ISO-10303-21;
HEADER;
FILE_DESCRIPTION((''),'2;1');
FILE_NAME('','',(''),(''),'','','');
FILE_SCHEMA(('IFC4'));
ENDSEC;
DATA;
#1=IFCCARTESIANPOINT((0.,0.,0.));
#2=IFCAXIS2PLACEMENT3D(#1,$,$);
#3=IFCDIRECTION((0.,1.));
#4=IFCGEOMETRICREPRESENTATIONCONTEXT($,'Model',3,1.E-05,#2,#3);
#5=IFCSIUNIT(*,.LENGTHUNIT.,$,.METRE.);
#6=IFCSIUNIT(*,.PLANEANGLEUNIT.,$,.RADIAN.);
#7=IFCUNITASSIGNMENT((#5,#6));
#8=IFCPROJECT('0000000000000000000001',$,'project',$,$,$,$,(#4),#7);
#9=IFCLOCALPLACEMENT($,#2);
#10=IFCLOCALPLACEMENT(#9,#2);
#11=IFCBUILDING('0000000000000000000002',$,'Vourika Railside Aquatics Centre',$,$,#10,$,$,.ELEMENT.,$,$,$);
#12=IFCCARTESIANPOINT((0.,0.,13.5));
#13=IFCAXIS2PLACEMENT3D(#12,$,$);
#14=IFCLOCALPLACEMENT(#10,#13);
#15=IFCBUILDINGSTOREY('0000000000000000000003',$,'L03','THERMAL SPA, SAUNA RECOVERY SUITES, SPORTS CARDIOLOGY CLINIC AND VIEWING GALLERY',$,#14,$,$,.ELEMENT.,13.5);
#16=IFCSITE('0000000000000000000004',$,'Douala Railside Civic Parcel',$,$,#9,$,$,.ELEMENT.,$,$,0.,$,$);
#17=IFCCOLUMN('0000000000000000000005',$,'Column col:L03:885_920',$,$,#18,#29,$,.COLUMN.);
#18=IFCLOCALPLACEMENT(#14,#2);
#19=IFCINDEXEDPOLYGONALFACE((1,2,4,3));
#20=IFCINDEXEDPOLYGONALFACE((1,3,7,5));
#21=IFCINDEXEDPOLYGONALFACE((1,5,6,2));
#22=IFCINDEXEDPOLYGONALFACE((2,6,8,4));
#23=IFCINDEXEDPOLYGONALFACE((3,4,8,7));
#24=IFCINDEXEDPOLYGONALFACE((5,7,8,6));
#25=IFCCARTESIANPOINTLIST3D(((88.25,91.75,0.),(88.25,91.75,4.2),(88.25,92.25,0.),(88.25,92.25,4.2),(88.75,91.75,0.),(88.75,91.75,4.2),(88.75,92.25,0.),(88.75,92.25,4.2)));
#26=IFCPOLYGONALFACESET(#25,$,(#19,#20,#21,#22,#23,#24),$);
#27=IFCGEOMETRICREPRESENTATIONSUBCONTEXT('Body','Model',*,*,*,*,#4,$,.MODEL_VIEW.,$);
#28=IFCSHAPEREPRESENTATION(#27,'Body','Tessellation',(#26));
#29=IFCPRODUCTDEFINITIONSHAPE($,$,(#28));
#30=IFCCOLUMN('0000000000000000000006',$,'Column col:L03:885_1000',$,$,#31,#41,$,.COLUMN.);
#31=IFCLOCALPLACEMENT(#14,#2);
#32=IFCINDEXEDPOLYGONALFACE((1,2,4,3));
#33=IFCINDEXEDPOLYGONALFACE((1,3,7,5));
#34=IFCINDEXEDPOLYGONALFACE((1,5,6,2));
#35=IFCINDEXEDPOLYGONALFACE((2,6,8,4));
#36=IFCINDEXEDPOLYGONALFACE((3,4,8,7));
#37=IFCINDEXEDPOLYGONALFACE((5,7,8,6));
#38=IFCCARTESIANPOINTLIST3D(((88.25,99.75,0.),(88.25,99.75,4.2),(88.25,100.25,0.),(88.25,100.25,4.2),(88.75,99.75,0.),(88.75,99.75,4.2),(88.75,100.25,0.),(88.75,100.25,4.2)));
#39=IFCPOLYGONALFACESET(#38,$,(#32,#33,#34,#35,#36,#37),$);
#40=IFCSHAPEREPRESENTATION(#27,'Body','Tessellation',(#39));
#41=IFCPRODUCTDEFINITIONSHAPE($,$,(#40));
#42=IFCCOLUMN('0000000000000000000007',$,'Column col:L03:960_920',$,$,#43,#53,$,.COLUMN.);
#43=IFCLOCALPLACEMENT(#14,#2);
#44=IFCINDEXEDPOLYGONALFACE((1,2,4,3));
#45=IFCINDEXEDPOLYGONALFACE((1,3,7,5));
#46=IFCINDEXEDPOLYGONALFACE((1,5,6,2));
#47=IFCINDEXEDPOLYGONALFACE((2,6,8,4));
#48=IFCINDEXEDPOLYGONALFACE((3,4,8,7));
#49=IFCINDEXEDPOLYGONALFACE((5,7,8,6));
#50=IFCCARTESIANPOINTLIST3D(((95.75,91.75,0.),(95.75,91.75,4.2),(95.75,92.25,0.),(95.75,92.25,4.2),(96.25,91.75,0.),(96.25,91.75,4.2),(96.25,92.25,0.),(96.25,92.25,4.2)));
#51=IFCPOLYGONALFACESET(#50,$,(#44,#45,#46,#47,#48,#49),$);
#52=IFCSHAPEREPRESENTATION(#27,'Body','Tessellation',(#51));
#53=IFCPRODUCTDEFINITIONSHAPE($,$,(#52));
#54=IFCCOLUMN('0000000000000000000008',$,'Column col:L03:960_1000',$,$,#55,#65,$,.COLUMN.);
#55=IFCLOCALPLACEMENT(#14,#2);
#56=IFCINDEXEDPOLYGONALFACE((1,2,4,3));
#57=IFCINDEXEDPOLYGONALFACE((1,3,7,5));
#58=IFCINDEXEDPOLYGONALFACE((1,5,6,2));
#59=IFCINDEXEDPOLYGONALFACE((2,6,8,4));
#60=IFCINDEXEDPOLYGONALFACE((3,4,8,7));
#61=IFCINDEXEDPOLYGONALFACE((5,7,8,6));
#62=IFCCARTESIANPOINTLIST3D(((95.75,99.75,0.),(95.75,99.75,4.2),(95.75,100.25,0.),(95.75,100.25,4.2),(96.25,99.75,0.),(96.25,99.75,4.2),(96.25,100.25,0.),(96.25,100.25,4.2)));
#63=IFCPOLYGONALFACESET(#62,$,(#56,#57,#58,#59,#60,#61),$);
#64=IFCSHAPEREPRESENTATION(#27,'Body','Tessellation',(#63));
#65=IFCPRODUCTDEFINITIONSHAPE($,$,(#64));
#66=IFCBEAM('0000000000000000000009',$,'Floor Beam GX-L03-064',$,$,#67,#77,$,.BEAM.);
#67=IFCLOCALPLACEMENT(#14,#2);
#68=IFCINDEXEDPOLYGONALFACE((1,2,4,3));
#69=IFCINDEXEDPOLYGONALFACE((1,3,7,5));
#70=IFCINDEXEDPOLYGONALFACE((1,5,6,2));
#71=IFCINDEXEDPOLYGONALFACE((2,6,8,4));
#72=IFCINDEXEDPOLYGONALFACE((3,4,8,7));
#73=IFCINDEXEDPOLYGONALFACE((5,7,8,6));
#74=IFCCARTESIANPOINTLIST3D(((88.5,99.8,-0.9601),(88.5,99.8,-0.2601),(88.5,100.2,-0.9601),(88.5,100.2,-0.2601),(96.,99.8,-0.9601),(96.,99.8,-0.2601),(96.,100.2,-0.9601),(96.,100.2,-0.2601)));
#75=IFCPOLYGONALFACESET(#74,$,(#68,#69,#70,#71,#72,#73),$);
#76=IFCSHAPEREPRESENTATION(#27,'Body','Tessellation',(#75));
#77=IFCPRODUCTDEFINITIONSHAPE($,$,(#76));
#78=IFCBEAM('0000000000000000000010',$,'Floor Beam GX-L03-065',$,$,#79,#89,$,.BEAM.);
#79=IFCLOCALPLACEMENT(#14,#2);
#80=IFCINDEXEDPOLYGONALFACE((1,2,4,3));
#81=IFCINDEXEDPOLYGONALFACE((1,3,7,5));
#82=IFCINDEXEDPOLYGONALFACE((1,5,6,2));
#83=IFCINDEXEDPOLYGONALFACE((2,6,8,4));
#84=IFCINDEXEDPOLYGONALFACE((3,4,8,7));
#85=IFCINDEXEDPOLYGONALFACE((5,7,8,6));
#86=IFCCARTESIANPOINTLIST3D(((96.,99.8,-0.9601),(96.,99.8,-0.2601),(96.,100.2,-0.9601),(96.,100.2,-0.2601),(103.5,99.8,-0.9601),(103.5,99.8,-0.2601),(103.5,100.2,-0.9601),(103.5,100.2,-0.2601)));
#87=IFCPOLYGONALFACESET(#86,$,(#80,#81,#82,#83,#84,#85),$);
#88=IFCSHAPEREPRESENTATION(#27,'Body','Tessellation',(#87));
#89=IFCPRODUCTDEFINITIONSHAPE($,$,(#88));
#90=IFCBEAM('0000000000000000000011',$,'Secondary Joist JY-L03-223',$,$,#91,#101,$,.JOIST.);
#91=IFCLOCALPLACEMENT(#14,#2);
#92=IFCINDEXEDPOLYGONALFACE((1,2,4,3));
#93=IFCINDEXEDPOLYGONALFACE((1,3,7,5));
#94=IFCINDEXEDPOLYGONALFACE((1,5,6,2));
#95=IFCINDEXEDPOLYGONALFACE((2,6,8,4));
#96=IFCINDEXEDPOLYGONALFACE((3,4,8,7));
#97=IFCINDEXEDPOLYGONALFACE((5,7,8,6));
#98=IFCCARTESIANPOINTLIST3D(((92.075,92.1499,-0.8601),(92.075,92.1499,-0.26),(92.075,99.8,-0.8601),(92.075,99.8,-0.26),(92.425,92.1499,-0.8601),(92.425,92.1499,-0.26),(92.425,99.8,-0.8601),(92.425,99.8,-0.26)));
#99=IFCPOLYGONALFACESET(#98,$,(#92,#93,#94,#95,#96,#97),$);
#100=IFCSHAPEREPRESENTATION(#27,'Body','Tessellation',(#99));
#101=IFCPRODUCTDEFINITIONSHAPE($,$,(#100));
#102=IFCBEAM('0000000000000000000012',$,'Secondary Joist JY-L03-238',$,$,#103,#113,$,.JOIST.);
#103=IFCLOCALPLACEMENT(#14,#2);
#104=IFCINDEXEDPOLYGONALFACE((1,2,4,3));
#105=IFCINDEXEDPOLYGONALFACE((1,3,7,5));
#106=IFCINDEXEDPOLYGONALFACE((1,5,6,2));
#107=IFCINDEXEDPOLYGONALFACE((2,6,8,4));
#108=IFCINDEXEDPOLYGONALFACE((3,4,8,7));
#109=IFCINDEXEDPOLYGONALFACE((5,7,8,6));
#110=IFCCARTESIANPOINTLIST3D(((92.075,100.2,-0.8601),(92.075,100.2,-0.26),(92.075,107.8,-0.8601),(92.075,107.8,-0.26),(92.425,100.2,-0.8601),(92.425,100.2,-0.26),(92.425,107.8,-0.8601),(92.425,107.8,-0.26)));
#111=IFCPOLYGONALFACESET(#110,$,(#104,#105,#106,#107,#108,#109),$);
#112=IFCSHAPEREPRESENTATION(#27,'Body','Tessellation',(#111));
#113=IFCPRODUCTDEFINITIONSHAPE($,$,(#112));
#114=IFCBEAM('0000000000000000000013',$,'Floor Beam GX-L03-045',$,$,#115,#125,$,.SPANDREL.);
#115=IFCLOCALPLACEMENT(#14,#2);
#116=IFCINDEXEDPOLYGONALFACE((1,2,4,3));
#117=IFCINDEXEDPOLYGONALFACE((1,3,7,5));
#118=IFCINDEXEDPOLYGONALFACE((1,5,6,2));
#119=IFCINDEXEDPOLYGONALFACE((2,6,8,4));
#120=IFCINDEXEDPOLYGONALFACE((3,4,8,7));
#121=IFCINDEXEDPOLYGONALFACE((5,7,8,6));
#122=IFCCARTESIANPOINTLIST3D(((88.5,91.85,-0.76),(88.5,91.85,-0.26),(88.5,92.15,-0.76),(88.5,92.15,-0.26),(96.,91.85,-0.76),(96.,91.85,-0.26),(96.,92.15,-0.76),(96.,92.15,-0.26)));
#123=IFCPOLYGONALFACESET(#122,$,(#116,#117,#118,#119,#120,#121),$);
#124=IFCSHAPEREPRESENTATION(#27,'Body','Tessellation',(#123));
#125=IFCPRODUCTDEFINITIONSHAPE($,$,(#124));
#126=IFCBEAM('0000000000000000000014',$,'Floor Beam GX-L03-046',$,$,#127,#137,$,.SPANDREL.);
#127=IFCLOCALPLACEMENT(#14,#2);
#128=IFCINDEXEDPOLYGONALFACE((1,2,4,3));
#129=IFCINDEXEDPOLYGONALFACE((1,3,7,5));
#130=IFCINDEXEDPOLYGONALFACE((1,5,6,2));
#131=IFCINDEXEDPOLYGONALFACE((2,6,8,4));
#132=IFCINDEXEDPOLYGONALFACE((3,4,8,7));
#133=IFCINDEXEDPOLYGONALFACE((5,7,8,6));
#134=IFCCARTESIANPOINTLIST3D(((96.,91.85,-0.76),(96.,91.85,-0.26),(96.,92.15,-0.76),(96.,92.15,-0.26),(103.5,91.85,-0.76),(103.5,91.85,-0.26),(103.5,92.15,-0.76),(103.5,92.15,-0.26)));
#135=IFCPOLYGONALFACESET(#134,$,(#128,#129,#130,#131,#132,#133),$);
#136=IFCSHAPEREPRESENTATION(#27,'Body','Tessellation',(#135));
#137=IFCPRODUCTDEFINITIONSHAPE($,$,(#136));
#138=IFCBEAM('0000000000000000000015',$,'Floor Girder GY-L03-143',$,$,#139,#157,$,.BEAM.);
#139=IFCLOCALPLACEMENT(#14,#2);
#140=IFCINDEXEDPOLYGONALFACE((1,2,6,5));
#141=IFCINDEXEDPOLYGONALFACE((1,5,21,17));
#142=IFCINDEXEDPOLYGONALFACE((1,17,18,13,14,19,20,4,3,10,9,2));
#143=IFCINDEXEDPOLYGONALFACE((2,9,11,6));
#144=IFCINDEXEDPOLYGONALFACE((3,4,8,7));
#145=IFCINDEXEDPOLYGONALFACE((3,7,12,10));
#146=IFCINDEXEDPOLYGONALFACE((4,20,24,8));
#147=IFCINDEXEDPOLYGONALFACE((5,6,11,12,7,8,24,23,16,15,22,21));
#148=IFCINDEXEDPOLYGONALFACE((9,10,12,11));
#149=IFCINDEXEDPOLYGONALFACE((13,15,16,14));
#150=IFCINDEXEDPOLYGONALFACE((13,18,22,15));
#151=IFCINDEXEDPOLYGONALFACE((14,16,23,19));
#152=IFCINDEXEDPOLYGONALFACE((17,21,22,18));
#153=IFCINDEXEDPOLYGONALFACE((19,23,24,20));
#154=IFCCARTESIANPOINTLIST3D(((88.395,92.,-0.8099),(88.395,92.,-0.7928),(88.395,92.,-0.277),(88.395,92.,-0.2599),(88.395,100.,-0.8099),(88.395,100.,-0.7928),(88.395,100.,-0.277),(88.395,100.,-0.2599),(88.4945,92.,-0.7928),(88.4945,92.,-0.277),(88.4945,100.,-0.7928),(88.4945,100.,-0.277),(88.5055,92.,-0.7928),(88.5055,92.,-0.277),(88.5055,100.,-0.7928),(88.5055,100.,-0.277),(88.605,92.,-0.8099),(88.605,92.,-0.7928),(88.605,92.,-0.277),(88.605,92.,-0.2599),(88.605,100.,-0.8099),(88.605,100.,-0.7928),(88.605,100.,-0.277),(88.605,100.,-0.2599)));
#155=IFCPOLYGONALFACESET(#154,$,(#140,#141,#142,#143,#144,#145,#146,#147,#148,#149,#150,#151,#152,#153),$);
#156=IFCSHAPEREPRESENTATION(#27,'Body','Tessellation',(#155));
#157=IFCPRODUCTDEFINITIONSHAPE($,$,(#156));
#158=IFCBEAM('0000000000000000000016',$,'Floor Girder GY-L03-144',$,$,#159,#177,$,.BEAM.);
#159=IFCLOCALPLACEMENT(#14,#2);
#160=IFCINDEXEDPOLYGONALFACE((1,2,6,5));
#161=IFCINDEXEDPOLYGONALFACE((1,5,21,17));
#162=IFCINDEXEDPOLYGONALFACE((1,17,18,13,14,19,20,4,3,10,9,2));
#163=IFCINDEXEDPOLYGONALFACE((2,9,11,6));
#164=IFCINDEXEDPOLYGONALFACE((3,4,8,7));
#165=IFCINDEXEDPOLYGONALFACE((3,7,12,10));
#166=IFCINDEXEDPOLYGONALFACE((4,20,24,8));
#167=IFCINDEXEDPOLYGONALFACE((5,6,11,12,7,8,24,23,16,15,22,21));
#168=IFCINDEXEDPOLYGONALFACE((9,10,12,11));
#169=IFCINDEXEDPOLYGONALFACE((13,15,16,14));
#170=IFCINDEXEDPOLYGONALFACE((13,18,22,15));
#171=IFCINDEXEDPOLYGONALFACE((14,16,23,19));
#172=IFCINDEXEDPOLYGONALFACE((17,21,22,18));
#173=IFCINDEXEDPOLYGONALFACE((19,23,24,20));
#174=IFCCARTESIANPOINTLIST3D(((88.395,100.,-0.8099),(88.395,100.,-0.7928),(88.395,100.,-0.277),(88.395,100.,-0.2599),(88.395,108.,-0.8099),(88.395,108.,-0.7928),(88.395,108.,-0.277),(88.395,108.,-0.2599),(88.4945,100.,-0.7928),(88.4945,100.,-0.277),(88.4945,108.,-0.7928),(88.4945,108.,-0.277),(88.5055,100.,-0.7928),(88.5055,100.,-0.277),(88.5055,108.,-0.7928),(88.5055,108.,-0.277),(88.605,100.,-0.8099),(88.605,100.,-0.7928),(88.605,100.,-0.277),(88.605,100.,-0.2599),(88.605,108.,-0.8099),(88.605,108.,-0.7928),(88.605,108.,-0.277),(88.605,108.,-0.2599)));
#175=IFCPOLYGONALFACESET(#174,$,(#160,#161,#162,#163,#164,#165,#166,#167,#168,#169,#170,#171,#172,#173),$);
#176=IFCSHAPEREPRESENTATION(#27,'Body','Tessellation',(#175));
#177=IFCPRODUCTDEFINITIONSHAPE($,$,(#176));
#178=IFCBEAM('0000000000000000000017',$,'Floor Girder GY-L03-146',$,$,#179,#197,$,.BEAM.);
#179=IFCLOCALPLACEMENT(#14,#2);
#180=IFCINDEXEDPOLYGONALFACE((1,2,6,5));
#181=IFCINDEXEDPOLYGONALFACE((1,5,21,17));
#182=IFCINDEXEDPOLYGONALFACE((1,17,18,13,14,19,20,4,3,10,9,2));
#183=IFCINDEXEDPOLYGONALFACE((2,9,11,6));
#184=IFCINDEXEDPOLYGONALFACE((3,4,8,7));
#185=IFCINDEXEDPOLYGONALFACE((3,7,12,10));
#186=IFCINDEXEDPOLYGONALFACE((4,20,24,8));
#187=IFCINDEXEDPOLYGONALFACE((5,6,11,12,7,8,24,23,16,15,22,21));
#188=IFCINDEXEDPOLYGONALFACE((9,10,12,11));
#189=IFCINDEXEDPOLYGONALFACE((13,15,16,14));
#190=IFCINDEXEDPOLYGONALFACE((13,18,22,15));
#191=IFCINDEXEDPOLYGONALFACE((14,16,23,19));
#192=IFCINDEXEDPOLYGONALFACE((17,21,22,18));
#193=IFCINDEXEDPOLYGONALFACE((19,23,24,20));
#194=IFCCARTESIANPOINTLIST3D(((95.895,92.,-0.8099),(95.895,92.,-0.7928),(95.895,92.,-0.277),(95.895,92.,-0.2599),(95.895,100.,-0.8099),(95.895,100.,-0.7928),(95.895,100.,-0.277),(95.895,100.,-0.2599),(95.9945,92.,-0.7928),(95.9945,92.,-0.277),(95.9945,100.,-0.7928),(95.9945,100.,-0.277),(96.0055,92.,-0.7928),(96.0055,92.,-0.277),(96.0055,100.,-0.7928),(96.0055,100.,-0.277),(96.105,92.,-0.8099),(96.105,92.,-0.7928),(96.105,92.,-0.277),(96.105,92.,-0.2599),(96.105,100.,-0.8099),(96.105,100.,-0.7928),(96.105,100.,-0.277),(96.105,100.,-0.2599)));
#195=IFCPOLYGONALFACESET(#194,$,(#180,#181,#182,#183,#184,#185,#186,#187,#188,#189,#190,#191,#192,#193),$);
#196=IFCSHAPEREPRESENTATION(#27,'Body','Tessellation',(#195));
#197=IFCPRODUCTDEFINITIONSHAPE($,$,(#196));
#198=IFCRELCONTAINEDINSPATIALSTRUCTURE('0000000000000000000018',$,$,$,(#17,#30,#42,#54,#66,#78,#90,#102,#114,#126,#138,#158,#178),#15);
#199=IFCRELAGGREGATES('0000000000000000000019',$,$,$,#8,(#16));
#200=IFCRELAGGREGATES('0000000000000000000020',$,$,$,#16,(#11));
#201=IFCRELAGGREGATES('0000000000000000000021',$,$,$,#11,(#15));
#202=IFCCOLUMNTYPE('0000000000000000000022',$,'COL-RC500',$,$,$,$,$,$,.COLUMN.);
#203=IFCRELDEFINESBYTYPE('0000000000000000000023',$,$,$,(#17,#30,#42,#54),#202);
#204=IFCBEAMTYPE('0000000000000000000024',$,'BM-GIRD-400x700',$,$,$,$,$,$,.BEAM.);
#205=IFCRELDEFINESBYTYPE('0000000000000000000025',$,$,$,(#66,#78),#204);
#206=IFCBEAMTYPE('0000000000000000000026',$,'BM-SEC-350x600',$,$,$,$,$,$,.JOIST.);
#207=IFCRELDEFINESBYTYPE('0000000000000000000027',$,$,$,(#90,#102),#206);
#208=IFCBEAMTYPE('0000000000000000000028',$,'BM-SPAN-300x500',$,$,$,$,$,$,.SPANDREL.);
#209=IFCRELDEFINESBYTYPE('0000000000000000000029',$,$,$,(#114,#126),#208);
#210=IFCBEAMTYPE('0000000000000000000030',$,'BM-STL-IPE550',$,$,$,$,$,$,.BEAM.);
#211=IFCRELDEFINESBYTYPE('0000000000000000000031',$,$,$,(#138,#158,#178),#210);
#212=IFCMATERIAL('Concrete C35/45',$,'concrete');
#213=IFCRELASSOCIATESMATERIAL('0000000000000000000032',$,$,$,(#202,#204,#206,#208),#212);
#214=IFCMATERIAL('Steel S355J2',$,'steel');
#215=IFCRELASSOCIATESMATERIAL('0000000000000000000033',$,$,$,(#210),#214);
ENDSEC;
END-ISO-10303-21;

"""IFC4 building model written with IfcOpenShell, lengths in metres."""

from ifc_helpers import new_model, si_unit, direction, frame, origin, origin_2d, place, context, subcontext, project, spatial, rectangle, i_section, extrude, material, material_profile, profile_set, type_object, element, save


model = new_model("IFC4")

# Units and contexts
model_context = context("Model", 3, precision=1e-05, world=origin(), true_north=direction((0.0, 1.0)))
body_context = subcontext(model_context, "Body", "Model", "MODEL_VIEW")
ifc_project = project(units=[si_unit("LENGTHUNIT", "METRE"), si_unit("PLANEANGLEUNIT", "RADIAN")], contexts=[model_context])

# Site, building, storey
site_placement = place(None, origin())
site = spatial("IfcSite", under=ifc_project, at=site_placement, Name="Douala Railside Civic Parcel", CompositionType="ELEMENT", RefElevation=0.0)
building_placement = place(site_placement, origin())
building = spatial("IfcBuilding", under=site, at=building_placement, Name="Vourika Railside Aquatics Centre", CompositionType="ELEMENT")
storey_placement = place(building_placement, frame((0.0, 0.0, 13.5)))
storey = spatial("IfcBuildingStorey", under=building, at=storey_placement, Name="L03", Description="THERMAL SPA, SAUNA RECOVERY SUITES, SPORTS CARDIOLOGY CLINIC AND VIEWING GALLERY", CompositionType="ELEMENT", Elevation=13.5)

# Columns
ifc_material_1 = material(Name="Concrete C35/45", Category="concrete")
ifc_material_profile_1 = material_profile(ifc_material_1, rectangle(XDim=0.5, YDim=0.5, at=origin_2d()), Name="RC 500x500")
ifc_profile_set_1 = profile_set([ifc_material_profile_1], Name="Concrete C35/45")
column_type = type_object("IfcColumnType", Name="COL-RC500", PredefinedType="COLUMN", material=ifc_profile_set_1)
for number, where, z_axis, x_axis, name in (
    (1, (88.5, 92.0, 0.0), (0.0, 0.0, 1.0), (1.0, 0.0, 0.0), "Column col:L03:885_920"),
    (2, (88.5, 100.0, 0.0), (0.0, 0.0, 1.0), (1.0, 0.0, 0.0), "Column col:L03:885_1000"),
    (3, (96.0, 92.0, 0.0), (0.0, 0.0, 1.0), (1.0, 0.0, 0.0), "Column col:L03:960_920"),
    (4, (96.0, 100.0, 0.0), (0.0, 0.0, 1.0), (1.0, 0.0, 0.0), "Column col:L03:960_1000"),
):
    element("IfcColumn", number, at=place(storey_placement, frame(where, z_axis=z_axis, x_axis=x_axis)), inside=storey, type_object=column_type, Name=name, PredefinedType="COLUMN", context=body_context, shape_type="SweptSolid", body=[
        extrude(rectangle(XDim=0.5, YDim=0.5, at=origin_2d()), origin(), (0.0, 0.0, 1.0), 4.2),
    ])

# Beams
ifc_material_profile_2 = material_profile(ifc_material_1, rectangle(XDim=0.3999, YDim=0.7, at=origin_2d()), Name="RC 400x700")
ifc_profile_set_2 = profile_set([ifc_material_profile_2], Name="Concrete C35/45")
beam_type_1 = type_object("IfcBeamType", Name="BM-GIRD-400x700", PredefinedType="BEAM", material=ifc_profile_set_2)
for number, where, z_axis, x_axis, name in (
    (5, (88.5, 100.0, -0.6101), (1.0, 0.0, 0.0), (0.0, 1.0, 0.0), "Floor Beam GX-L03-064"),
    (6, (96.0, 100.0, -0.6101), (1.0, 0.0, 0.0), (0.0, 1.0, 0.0), "Floor Beam GX-L03-065"),
):
    element("IfcBeam", number, at=place(storey_placement, frame(where, z_axis=z_axis, x_axis=x_axis)), inside=storey, type_object=beam_type_1, Name=name, PredefinedType="BEAM", context=body_context, shape_type="SweptSolid", body=[
        extrude(rectangle(XDim=0.3999, YDim=0.7, at=origin_2d()), origin(), (0.0, 0.0, 1.0), 7.5),
    ])
ifc_material_profile_3 = material_profile(ifc_material_1, rectangle(XDim=0.3501, YDim=0.6001, at=origin_2d()), Name="RC 350x600")
ifc_profile_set_3 = profile_set([ifc_material_profile_3], Name="Concrete C35/45")
beam_type_2 = type_object("IfcBeamType", Name="BM-SEC-350x600", PredefinedType="JOIST", material=ifc_profile_set_3)
beam_1_placement = place(storey_placement, frame((92.25, 92.1499, -0.5601), z_axis=(0.0, 1.0, 0.0), x_axis=(-1.0, 0.0, 0.0)))
element("IfcBeam", 7, at=beam_1_placement, inside=storey, type_object=beam_type_2, Name="Secondary Joist JY-L03-223", PredefinedType="JOIST", context=body_context, shape_type="SweptSolid", body=[
    extrude(rectangle(XDim=0.3501, YDim=0.6001, at=origin_2d()), origin(), (0.0, 0.0, 1.0), 7.6501),
])
beam_2_placement = place(storey_placement, frame((92.25, 100.2, -0.5601), z_axis=(0.0, 1.0, 0.0), x_axis=(-1.0, 0.0, 0.0)))
element("IfcBeam", 8, at=beam_2_placement, inside=storey, type_object=beam_type_2, Name="Secondary Joist JY-L03-238", PredefinedType="JOIST", context=body_context, shape_type="SweptSolid", body=[
    extrude(rectangle(XDim=0.3501, YDim=0.6001, at=origin_2d()), origin(), (0.0, 0.0, 1.0), 7.6001),
])
ifc_material_profile_4 = material_profile(ifc_material_1, rectangle(XDim=0.3, YDim=0.5, at=origin_2d()), Name="RC 300x500")
ifc_profile_set_4 = profile_set([ifc_material_profile_4], Name="Concrete C35/45")
beam_type_3 = type_object("IfcBeamType", Name="BM-SPAN-300x500", PredefinedType="SPANDREL", material=ifc_profile_set_4)
for number, where, z_axis, x_axis, name in (
    (9, (88.5, 92.0, -0.51), (1.0, 0.0, 0.0), (0.0, 1.0, 0.0), "Floor Beam GX-L03-045"),
    (10, (96.0, 92.0, -0.51), (1.0, 0.0, 0.0), (0.0, 1.0, 0.0), "Floor Beam GX-L03-046"),
):
    element("IfcBeam", number, at=place(storey_placement, frame(where, z_axis=z_axis, x_axis=x_axis)), inside=storey, type_object=beam_type_3, Name=name, PredefinedType="SPANDREL", context=body_context, shape_type="SweptSolid", body=[
        extrude(rectangle(XDim=0.3, YDim=0.5, at=origin_2d()), origin(), (0.0, 0.0, 1.0), 7.5),
    ])
ifc_material_2 = material(Name="Steel S355J2", Category="steel")
ifc_material_profile_5 = material_profile(ifc_material_2, i_section(OverallWidth=0.21, OverallDepth=0.55, WebThickness=0.011, FlangeThickness=0.0171, at=origin_2d()), Name="IPE 550")
ifc_profile_set_5 = profile_set([ifc_material_profile_5], Name="Steel S355J2")
beam_type_4 = type_object("IfcBeamType", Name="BM-STL-IPE550", PredefinedType="BEAM", material=ifc_profile_set_5)
for number, where, z_axis, x_axis, name in (
    (11, (88.5, 92.0, -0.5349), (0.0, 1.0, 0.0), (-1.0, 0.0, 0.0), "Floor Girder GY-L03-143"),
    (12, (88.5, 100.0, -0.5349), (0.0, 1.0, 0.0), (-1.0, 0.0, 0.0), "Floor Girder GY-L03-144"),
    (13, (96.0, 92.0, -0.5349), (0.0, 1.0, 0.0), (-1.0, 0.0, 0.0), "Floor Girder GY-L03-146"),
):
    element("IfcBeam", number, at=place(storey_placement, frame(where, z_axis=z_axis, x_axis=x_axis)), inside=storey, type_object=beam_type_4, Name=name, PredefinedType="BEAM", context=body_context, shape_type="SweptSolid", body=[
        extrude(i_section(OverallWidth=0.21, OverallDepth=0.55, WebThickness=0.011, FlangeThickness=0.0171, at=origin_2d()), origin(), (0.0, 0.0, 1.0), 8.0),
    ])

save(model, "model.ifc")
